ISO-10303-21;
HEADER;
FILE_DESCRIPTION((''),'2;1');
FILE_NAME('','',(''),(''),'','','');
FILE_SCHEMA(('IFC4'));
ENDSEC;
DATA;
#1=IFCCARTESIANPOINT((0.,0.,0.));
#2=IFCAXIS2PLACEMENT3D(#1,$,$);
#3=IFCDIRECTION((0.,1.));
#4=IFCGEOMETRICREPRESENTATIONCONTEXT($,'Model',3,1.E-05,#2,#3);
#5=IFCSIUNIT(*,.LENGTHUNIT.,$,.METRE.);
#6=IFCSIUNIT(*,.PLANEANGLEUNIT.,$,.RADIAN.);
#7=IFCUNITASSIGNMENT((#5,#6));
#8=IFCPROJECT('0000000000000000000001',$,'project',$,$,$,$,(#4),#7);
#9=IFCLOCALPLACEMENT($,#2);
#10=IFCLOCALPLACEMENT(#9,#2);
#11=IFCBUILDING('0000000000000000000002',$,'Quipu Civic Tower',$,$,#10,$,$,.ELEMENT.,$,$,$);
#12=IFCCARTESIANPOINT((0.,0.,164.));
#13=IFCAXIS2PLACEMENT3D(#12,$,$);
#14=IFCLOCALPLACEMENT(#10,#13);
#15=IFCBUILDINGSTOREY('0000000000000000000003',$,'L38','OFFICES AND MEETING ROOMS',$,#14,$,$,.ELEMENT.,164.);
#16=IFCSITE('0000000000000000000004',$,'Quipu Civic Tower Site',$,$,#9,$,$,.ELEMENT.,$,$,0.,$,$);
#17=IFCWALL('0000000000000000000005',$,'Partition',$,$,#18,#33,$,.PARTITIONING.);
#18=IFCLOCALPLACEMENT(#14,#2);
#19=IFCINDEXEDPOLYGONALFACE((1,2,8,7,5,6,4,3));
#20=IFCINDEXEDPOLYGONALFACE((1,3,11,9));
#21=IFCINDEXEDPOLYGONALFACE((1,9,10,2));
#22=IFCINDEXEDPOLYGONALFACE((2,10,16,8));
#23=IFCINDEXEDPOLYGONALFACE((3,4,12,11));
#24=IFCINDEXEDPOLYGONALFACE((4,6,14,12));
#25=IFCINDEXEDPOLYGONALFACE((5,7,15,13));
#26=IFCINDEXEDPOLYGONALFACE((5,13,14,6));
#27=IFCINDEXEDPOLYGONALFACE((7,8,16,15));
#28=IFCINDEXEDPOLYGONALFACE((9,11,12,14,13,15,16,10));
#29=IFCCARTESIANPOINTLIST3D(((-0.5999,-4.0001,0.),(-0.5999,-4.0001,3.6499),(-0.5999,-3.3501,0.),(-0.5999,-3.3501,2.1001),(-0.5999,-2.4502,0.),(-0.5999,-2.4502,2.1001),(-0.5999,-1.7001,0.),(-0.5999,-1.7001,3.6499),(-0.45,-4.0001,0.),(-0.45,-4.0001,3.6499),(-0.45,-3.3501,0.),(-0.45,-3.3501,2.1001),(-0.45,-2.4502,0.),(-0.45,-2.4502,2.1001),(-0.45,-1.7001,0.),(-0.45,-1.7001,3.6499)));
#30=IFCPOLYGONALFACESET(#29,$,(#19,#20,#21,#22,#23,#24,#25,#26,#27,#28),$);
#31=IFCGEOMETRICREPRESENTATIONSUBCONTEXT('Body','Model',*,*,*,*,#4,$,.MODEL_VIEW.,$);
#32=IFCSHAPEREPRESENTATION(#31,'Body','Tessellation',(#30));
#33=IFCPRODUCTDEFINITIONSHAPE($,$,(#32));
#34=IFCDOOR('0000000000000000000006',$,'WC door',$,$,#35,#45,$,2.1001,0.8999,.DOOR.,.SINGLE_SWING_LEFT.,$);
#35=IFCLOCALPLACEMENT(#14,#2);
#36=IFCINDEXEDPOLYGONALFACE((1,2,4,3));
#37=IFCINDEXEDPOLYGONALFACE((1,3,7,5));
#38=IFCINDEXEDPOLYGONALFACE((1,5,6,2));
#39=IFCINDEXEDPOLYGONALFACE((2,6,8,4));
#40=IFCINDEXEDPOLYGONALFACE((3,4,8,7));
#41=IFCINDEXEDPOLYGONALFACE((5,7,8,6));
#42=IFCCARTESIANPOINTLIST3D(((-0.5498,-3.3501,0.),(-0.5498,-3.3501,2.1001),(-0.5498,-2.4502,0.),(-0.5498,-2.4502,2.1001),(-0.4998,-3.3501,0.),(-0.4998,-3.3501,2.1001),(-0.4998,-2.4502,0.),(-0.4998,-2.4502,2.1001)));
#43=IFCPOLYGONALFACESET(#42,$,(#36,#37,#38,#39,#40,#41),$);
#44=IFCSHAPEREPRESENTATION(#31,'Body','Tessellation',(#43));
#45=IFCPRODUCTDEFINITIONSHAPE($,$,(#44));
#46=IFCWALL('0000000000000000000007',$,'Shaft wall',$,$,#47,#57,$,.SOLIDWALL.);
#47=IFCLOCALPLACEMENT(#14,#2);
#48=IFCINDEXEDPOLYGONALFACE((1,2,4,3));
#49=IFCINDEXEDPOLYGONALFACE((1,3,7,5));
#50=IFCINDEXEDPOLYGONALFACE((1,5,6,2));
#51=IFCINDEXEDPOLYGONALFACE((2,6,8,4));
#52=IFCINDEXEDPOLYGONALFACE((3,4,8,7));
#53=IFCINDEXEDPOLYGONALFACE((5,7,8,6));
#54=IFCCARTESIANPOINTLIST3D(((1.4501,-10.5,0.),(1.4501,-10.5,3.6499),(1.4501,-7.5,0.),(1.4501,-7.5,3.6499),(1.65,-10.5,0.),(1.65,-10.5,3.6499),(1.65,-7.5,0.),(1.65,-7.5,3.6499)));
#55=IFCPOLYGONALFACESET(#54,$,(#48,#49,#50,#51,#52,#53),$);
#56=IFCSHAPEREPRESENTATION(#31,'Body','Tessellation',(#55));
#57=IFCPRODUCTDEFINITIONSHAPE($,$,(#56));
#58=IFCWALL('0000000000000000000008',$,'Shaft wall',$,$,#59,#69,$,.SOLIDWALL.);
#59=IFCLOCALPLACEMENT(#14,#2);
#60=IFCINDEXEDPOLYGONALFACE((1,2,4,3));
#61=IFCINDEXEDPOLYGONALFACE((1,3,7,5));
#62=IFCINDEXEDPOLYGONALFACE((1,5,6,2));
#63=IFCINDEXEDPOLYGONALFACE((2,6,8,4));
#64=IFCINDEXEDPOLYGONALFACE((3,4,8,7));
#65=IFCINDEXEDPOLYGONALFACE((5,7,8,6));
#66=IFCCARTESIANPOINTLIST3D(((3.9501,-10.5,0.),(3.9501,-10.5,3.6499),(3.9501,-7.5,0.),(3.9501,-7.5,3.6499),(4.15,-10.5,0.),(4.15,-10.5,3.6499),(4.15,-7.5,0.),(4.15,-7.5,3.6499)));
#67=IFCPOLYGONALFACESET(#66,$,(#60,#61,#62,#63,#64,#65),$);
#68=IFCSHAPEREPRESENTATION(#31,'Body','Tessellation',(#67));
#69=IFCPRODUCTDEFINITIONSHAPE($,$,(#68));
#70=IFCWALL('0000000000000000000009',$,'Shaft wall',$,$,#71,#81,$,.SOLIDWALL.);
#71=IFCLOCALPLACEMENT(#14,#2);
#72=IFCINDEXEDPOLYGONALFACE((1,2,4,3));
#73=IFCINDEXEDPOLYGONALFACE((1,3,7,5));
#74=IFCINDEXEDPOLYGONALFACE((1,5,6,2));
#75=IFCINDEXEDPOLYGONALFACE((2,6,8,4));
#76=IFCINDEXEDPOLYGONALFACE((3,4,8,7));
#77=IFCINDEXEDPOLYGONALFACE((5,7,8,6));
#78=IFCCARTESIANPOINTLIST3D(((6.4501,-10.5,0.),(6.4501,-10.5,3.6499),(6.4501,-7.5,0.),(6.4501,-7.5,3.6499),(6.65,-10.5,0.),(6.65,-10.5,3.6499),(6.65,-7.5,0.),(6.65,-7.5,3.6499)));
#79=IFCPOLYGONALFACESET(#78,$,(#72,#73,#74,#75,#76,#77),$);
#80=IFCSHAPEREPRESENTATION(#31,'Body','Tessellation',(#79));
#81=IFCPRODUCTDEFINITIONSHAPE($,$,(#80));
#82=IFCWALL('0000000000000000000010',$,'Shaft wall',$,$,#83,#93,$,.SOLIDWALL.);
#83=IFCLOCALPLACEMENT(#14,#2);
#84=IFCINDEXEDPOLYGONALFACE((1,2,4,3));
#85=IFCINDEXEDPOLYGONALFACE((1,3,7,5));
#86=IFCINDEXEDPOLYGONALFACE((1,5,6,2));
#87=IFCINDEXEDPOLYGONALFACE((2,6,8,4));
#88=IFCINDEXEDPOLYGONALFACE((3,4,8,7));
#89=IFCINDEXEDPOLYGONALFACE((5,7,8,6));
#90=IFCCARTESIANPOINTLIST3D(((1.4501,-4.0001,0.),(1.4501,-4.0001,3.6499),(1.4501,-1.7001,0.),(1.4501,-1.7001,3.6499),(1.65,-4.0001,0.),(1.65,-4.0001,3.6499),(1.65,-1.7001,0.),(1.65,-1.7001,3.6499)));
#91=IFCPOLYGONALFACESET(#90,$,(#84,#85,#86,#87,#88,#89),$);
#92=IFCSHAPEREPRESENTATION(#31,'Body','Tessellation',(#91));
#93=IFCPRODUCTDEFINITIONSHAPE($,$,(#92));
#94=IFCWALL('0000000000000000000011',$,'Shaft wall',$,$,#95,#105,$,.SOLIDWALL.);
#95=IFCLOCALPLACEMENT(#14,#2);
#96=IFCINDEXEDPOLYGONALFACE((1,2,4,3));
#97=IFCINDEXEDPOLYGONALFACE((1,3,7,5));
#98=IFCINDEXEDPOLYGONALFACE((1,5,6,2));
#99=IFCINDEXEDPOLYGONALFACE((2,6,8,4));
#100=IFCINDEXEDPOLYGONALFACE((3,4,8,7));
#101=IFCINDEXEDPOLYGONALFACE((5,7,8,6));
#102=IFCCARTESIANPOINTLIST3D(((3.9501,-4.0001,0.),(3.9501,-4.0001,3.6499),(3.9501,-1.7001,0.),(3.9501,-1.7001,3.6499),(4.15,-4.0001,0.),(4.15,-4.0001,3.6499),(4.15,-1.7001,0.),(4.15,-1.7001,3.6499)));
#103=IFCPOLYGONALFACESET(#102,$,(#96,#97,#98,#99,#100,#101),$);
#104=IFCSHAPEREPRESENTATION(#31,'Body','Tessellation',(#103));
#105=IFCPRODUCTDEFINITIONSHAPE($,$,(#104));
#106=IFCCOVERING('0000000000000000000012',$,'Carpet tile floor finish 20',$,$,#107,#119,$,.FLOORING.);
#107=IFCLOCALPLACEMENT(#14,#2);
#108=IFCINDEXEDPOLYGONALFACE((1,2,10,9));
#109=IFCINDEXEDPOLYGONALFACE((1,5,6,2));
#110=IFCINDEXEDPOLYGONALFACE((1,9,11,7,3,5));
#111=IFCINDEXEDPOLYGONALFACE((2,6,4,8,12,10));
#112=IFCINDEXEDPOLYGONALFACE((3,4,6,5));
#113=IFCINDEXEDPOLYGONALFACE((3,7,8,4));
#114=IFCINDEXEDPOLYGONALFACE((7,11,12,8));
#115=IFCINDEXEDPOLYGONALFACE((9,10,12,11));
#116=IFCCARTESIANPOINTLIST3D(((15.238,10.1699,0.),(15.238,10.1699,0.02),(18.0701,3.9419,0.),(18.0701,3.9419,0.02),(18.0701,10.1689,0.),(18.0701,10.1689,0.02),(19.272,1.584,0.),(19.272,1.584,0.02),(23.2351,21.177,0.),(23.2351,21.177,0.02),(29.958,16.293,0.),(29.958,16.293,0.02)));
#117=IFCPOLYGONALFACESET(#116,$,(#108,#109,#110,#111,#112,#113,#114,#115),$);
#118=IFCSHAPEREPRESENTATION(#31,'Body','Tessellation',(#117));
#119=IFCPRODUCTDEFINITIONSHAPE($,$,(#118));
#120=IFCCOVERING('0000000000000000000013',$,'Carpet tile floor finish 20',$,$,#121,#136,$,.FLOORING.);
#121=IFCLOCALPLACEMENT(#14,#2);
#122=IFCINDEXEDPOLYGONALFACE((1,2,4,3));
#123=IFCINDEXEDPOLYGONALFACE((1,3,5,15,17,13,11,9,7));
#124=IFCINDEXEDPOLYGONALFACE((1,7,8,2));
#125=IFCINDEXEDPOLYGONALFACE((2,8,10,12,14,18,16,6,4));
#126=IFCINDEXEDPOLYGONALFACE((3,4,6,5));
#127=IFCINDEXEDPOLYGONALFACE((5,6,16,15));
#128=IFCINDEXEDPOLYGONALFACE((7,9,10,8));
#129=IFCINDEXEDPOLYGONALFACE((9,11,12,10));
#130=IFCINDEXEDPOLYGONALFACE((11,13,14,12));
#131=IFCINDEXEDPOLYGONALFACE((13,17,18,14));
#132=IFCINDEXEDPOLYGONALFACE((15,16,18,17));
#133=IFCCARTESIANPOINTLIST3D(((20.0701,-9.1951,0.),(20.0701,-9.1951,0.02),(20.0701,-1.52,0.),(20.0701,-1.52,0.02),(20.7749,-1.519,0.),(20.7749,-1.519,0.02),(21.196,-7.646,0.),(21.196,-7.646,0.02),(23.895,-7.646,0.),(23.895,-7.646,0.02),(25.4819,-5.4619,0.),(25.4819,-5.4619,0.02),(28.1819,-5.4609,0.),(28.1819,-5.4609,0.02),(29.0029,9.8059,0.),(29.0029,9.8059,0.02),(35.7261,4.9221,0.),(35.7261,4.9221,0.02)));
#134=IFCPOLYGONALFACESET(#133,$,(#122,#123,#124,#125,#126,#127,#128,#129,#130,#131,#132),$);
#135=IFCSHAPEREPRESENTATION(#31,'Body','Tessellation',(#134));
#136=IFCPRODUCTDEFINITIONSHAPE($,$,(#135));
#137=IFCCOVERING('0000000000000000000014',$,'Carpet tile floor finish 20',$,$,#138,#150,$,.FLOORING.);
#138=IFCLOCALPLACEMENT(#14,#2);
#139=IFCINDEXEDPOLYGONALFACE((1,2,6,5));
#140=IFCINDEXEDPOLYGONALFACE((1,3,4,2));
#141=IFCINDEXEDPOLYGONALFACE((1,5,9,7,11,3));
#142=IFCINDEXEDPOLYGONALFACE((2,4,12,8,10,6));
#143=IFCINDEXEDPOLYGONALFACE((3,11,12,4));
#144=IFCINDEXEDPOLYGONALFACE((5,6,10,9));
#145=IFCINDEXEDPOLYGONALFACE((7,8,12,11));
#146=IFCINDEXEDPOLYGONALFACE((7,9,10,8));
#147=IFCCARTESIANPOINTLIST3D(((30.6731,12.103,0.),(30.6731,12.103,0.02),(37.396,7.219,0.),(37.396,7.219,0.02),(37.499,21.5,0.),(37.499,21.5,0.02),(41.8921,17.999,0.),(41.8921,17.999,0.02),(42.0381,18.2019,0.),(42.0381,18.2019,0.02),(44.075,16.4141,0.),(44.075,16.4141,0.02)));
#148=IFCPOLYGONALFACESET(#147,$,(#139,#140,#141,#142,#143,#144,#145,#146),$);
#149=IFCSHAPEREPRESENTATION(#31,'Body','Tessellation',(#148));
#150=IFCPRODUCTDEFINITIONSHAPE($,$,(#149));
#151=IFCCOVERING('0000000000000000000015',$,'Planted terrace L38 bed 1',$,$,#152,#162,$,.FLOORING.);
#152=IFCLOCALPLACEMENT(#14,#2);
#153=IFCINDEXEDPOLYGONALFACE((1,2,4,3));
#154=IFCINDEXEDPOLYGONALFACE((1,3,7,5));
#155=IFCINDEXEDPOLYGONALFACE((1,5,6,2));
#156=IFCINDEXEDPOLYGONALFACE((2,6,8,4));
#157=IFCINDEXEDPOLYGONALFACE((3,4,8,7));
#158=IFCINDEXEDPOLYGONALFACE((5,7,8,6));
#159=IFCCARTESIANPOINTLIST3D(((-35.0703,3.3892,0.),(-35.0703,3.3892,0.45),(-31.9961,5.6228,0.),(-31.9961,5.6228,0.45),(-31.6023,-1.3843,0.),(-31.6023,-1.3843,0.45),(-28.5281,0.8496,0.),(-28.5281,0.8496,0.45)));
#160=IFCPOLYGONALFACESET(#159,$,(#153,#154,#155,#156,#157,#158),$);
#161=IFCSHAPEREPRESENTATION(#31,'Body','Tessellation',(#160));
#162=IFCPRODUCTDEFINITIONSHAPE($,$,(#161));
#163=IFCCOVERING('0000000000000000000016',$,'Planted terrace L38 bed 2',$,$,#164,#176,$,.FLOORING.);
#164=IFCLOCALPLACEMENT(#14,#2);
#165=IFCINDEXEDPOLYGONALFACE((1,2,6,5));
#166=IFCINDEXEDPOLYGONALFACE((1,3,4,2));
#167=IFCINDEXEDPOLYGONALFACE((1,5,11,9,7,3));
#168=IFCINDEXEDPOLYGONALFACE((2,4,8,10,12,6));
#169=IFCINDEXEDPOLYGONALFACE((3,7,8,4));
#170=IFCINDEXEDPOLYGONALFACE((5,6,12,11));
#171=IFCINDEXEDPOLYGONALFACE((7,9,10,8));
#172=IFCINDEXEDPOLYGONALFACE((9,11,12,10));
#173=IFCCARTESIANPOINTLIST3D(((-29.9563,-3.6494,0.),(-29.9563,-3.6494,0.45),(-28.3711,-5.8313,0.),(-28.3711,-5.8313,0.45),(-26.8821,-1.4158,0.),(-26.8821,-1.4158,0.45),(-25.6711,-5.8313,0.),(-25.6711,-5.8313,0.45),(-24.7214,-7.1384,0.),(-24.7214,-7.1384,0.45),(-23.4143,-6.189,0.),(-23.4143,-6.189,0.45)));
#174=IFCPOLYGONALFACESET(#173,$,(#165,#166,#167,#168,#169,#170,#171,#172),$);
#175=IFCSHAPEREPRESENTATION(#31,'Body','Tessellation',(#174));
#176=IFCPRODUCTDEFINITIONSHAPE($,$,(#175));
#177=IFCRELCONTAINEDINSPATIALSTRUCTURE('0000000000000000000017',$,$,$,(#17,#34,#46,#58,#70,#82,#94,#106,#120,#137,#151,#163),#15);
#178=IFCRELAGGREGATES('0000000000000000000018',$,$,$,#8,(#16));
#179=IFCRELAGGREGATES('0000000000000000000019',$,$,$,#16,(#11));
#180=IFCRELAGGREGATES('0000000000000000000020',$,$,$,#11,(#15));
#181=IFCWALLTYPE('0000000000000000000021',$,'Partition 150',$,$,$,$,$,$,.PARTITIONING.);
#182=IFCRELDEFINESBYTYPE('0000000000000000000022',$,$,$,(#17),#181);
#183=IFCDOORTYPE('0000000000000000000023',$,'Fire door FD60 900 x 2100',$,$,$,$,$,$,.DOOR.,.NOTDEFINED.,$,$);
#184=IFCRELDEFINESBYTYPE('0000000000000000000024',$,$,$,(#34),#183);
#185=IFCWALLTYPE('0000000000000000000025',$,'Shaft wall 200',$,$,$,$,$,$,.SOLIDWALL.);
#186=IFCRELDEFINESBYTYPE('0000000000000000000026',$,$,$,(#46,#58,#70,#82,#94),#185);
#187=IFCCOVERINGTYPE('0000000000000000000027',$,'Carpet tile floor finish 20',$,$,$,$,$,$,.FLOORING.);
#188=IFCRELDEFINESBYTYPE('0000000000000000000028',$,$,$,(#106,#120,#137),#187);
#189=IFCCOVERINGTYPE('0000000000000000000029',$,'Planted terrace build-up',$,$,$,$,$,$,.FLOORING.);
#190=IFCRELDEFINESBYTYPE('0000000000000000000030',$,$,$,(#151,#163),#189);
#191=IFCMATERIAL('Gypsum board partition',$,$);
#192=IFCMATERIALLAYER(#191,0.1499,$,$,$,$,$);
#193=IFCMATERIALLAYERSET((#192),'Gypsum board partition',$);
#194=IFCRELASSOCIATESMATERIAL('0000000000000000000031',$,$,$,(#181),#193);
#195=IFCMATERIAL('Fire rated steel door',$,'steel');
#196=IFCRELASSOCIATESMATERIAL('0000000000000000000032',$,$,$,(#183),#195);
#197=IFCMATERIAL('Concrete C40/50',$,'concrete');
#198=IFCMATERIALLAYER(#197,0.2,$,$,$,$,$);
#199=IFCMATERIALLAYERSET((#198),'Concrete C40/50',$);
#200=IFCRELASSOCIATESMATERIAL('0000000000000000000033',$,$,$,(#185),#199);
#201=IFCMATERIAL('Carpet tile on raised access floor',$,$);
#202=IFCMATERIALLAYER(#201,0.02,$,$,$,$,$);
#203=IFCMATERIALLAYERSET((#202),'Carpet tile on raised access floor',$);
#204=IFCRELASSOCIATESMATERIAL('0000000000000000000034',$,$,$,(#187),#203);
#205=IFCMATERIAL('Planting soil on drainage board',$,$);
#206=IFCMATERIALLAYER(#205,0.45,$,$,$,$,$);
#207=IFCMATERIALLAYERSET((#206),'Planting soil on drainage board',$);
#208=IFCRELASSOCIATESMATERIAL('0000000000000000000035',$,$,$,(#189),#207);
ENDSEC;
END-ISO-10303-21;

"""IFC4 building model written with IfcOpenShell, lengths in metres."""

from ifc_helpers import new_model, si_unit, direction, frame, frame_2d, origin, place, context, subcontext, project, spatial, polyline, rectangle, outline, extrude, material, layer, layer_set, type_object, element, fill, save


model = new_model("IFC4")

# Units and contexts
model_context = context("Model", 3, precision=1e-05, world=origin(), true_north=direction((0.0, 1.0)))
body_context = subcontext(model_context, "Body", "Model", "MODEL_VIEW")
ifc_project = project(units=[si_unit("LENGTHUNIT", "METRE"), si_unit("PLANEANGLEUNIT", "RADIAN")], contexts=[model_context])

# Site, building, storey
site_placement = place(None, origin())
site = spatial("IfcSite", under=ifc_project, at=site_placement, Name="Quipu Civic Tower Site", CompositionType="ELEMENT", RefElevation=0.0)
building_placement = place(site_placement, origin())
building = spatial("IfcBuilding", under=site, at=building_placement, Name="Quipu Civic Tower", CompositionType="ELEMENT")
storey_placement = place(building_placement, frame((0.0, 0.0, 164.0)))
storey = spatial("IfcBuildingStorey", under=building, at=storey_placement, Name="L38", Description="OFFICES AND MEETING ROOMS", CompositionType="ELEMENT", Elevation=164.0)

# Shared definitions
ifc_material_1 = material(Name="Gypsum board partition")
ifc_layer_1 = layer(ifc_material_1, 0.1499)
ifc_layer_set_1 = layer_set([ifc_layer_1], Name="Gypsum board partition")
wall_type_1 = type_object("IfcWallType", Name="Partition 150", PredefinedType="PARTITIONING", material=ifc_layer_set_1)

# Wall, opening, door
wall_1_placement = place(storey_placement, frame((-0.5249, -4.0, 0.0), z_axis=(0.0, 0.0, 1.0), x_axis=(0.0, 1.0, 0.0)))
wall_1 = element("IfcWall", 1, at=wall_1_placement, inside=storey, type_object=wall_type_1, Name="Partition", PredefinedType="PARTITIONING", context=body_context, shape_type="SweptSolid", body=[
    extrude(rectangle(XDim=2.3, YDim=0.1499, at=frame_2d((1.1499, 0.0))), origin(), (0.0, 0.0, 1.0), 3.6499),
])
opening_1_placement = place(wall_1_placement, frame((0.6499, 0.0, 0.0)))
opening_1 = element("IfcOpeningElement", 2, at=opening_1_placement, cuts=wall_1, PredefinedType="OPENING", context=body_context, shape_type="SweptSolid", body=[
    extrude(rectangle(XDim=0.8999, YDim=2.1001, at=frame_2d((0.45, 1.05))), frame((0.0, 0.085, 0.0), z_axis=(0.0, -1.0, 0.0), x_axis=(1.0, 0.0, 0.0)), (0.0, 0.0, 1.0), 0.1699),
])
ifc_material_2 = material(Name="Fire rated steel door", Category="steel")
door_type_1 = type_object("IfcDoorType", Name="Fire door FD60 900 x 2100", OperationType="NOTDEFINED", PredefinedType="DOOR", material=ifc_material_2)
door_1_placement = place(opening_1_placement, origin())
door_1 = element("IfcDoor", 3, at=door_1_placement, inside=storey, type_object=door_type_1, Name="WC door", OperationType="SINGLE_SWING_LEFT", OverallHeight=2.1001, OverallWidth=0.8999, PredefinedType="DOOR", context=body_context, shape_type="SweptSolid", body=[
    extrude(rectangle(XDim=0.8999, YDim=2.1001, at=frame_2d((0.45, 1.05))), frame((0.0, 0.0249, 0.0), z_axis=(0.0, -1.0, 0.0), x_axis=(1.0, 0.0, 0.0)), (0.0, 0.0, 1.0), 0.05),
])
fill(opening_1, door_1)

# Walls
ifc_material_3 = material(Name="Concrete C40/50", Category="concrete")
ifc_layer_2 = layer(ifc_material_3, 0.2)
ifc_layer_set_2 = layer_set([ifc_layer_2], Name="Concrete C40/50")
wall_type_2 = type_object("IfcWallType", Name="Shaft wall 200", PredefinedType="SOLIDWALL", material=ifc_layer_set_2)
for number, where, z_axis, x_axis, name in (
    (4, (1.55, -10.5, 0.0), (0.0, 0.0, 1.0), (0.0, 1.0, 0.0), "Shaft wall"),
    (5, (4.05, -10.5, 0.0), (0.0, 0.0, 1.0), (0.0, 1.0, 0.0), "Shaft wall"),
    (6, (6.55, -10.5, 0.0), (0.0, 0.0, 1.0), (0.0, 1.0, 0.0), "Shaft wall"),
):
    element("IfcWall", number, at=place(storey_placement, frame(where, z_axis=z_axis, x_axis=x_axis)), inside=storey, type_object=wall_type_2, Name=name, PredefinedType="SOLIDWALL", context=body_context, shape_type="SweptSolid", body=[
        extrude(rectangle(XDim=3.0, YDim=0.2, at=frame_2d((1.5, 0.0))), origin(), (0.0, 0.0, 1.0), 3.6499),
    ])
for number, where, z_axis, x_axis, name in (
    (7, (1.55, -4.0, 0.0), (0.0, 0.0, 1.0), (0.0, 1.0, 0.0), "Shaft wall"),
    (8, (4.05, -4.0, 0.0), (0.0, 0.0, 1.0), (0.0, 1.0, 0.0), "Shaft wall"),
):
    element("IfcWall", number, at=place(storey_placement, frame(where, z_axis=z_axis, x_axis=x_axis)), inside=storey, type_object=wall_type_2, Name=name, PredefinedType="SOLIDWALL", context=body_context, shape_type="SweptSolid", body=[
        extrude(rectangle(XDim=2.3, YDim=0.2, at=frame_2d((1.1499, 0.0))), origin(), (0.0, 0.0, 1.0), 3.6499),
    ])

# Coverings
ifc_material_4 = material(Name="Carpet tile on raised access floor")
ifc_layer_3 = layer(ifc_material_4, 0.02)
ifc_layer_set_3 = layer_set([ifc_layer_3], Name="Carpet tile on raised access floor")
covering_type_1 = type_object("IfcCoveringType", Name="Carpet tile floor finish 20", PredefinedType="FLOORING", material=ifc_layer_set_3)
covering_1_placement = place(storey_placement, origin())
element("IfcCovering", 9, at=covering_1_placement, inside=storey, type_object=covering_type_1, Name="Carpet tile floor finish 20", PredefinedType="FLOORING", context=body_context, shape_type="SweptSolid", body=[
    extrude(outline(polyline([(15.238, 10.1699), (23.2351, 21.177), (29.958, 16.293), (19.272, 1.584), (18.0701, 3.9419), (18.0701, 10.1689), (15.238, 10.1699)])), origin(), (0.0, 0.0, 1.0), 0.02),
])
covering_2_placement = place(storey_placement, origin())
element("IfcCovering", 10, at=covering_2_placement, inside=storey, type_object=covering_type_1, Name="Carpet tile floor finish 20", PredefinedType="FLOORING", context=body_context, shape_type="SweptSolid", body=[
    extrude(outline(polyline([(20.0701, -9.1951), (20.0701, -1.52), (20.7749, -1.519), (29.0029, 9.8059), (35.7261, 4.9221), (28.1819, -5.4609), (25.4819, -5.4619), (23.895, -7.646), (21.196, -7.646), (20.0701, -9.1951)])), origin(), (0.0, 0.0, 1.0), 0.02),
])
covering_3_placement = place(storey_placement, origin())
element("IfcCovering", 11, at=covering_3_placement, inside=storey, type_object=covering_type_1, Name="Carpet tile floor finish 20", PredefinedType="FLOORING", context=body_context, shape_type="SweptSolid", body=[
    extrude(outline(polyline([(30.6731, 12.103), (37.499, 21.5), (42.0381, 18.2019), (41.8921, 17.999), (44.075, 16.4141), (37.396, 7.219), (30.6731, 12.103)])), origin(), (0.0, 0.0, 1.0), 0.02),
])
ifc_material_5 = material(Name="Planting soil on drainage board")
ifc_layer_4 = layer(ifc_material_5, 0.45)
ifc_layer_set_4 = layer_set([ifc_layer_4], Name="Planting soil on drainage board")
covering_type_2 = type_object("IfcCoveringType", Name="Planted terrace build-up", PredefinedType="FLOORING", material=ifc_layer_set_4)
covering_4_placement = place(storey_placement, origin())
element("IfcCovering", 12, at=covering_4_placement, inside=storey, type_object=covering_type_2, Name="Planted terrace L38 bed 1", PredefinedType="FLOORING", context=body_context, shape_type="SweptSolid", body=[
    extrude(outline(polyline([(-35.0703, 3.3892), (-31.9961, 5.6228), (-28.5281, 0.8496), (-31.6023, -1.3843), (-35.0703, 3.3892)])), origin(), (0.0, 0.0, 1.0), 0.45),
])
covering_5_placement = place(storey_placement, origin())
element("IfcCovering", 13, at=covering_5_placement, inside=storey, type_object=covering_type_2, Name="Planted terrace L38 bed 2", PredefinedType="FLOORING", context=body_context, shape_type="SweptSolid", body=[
    extrude(outline(polyline([(-25.6711, -5.8313), (-28.3711, -5.8313), (-29.9563, -3.6494), (-26.8821, -1.4158), (-23.4143, -6.189), (-24.7214, -7.1384), (-25.6711, -5.8313)])), origin(), (0.0, 0.0, 1.0), 0.45),
])

save(model, "model.ifc")
